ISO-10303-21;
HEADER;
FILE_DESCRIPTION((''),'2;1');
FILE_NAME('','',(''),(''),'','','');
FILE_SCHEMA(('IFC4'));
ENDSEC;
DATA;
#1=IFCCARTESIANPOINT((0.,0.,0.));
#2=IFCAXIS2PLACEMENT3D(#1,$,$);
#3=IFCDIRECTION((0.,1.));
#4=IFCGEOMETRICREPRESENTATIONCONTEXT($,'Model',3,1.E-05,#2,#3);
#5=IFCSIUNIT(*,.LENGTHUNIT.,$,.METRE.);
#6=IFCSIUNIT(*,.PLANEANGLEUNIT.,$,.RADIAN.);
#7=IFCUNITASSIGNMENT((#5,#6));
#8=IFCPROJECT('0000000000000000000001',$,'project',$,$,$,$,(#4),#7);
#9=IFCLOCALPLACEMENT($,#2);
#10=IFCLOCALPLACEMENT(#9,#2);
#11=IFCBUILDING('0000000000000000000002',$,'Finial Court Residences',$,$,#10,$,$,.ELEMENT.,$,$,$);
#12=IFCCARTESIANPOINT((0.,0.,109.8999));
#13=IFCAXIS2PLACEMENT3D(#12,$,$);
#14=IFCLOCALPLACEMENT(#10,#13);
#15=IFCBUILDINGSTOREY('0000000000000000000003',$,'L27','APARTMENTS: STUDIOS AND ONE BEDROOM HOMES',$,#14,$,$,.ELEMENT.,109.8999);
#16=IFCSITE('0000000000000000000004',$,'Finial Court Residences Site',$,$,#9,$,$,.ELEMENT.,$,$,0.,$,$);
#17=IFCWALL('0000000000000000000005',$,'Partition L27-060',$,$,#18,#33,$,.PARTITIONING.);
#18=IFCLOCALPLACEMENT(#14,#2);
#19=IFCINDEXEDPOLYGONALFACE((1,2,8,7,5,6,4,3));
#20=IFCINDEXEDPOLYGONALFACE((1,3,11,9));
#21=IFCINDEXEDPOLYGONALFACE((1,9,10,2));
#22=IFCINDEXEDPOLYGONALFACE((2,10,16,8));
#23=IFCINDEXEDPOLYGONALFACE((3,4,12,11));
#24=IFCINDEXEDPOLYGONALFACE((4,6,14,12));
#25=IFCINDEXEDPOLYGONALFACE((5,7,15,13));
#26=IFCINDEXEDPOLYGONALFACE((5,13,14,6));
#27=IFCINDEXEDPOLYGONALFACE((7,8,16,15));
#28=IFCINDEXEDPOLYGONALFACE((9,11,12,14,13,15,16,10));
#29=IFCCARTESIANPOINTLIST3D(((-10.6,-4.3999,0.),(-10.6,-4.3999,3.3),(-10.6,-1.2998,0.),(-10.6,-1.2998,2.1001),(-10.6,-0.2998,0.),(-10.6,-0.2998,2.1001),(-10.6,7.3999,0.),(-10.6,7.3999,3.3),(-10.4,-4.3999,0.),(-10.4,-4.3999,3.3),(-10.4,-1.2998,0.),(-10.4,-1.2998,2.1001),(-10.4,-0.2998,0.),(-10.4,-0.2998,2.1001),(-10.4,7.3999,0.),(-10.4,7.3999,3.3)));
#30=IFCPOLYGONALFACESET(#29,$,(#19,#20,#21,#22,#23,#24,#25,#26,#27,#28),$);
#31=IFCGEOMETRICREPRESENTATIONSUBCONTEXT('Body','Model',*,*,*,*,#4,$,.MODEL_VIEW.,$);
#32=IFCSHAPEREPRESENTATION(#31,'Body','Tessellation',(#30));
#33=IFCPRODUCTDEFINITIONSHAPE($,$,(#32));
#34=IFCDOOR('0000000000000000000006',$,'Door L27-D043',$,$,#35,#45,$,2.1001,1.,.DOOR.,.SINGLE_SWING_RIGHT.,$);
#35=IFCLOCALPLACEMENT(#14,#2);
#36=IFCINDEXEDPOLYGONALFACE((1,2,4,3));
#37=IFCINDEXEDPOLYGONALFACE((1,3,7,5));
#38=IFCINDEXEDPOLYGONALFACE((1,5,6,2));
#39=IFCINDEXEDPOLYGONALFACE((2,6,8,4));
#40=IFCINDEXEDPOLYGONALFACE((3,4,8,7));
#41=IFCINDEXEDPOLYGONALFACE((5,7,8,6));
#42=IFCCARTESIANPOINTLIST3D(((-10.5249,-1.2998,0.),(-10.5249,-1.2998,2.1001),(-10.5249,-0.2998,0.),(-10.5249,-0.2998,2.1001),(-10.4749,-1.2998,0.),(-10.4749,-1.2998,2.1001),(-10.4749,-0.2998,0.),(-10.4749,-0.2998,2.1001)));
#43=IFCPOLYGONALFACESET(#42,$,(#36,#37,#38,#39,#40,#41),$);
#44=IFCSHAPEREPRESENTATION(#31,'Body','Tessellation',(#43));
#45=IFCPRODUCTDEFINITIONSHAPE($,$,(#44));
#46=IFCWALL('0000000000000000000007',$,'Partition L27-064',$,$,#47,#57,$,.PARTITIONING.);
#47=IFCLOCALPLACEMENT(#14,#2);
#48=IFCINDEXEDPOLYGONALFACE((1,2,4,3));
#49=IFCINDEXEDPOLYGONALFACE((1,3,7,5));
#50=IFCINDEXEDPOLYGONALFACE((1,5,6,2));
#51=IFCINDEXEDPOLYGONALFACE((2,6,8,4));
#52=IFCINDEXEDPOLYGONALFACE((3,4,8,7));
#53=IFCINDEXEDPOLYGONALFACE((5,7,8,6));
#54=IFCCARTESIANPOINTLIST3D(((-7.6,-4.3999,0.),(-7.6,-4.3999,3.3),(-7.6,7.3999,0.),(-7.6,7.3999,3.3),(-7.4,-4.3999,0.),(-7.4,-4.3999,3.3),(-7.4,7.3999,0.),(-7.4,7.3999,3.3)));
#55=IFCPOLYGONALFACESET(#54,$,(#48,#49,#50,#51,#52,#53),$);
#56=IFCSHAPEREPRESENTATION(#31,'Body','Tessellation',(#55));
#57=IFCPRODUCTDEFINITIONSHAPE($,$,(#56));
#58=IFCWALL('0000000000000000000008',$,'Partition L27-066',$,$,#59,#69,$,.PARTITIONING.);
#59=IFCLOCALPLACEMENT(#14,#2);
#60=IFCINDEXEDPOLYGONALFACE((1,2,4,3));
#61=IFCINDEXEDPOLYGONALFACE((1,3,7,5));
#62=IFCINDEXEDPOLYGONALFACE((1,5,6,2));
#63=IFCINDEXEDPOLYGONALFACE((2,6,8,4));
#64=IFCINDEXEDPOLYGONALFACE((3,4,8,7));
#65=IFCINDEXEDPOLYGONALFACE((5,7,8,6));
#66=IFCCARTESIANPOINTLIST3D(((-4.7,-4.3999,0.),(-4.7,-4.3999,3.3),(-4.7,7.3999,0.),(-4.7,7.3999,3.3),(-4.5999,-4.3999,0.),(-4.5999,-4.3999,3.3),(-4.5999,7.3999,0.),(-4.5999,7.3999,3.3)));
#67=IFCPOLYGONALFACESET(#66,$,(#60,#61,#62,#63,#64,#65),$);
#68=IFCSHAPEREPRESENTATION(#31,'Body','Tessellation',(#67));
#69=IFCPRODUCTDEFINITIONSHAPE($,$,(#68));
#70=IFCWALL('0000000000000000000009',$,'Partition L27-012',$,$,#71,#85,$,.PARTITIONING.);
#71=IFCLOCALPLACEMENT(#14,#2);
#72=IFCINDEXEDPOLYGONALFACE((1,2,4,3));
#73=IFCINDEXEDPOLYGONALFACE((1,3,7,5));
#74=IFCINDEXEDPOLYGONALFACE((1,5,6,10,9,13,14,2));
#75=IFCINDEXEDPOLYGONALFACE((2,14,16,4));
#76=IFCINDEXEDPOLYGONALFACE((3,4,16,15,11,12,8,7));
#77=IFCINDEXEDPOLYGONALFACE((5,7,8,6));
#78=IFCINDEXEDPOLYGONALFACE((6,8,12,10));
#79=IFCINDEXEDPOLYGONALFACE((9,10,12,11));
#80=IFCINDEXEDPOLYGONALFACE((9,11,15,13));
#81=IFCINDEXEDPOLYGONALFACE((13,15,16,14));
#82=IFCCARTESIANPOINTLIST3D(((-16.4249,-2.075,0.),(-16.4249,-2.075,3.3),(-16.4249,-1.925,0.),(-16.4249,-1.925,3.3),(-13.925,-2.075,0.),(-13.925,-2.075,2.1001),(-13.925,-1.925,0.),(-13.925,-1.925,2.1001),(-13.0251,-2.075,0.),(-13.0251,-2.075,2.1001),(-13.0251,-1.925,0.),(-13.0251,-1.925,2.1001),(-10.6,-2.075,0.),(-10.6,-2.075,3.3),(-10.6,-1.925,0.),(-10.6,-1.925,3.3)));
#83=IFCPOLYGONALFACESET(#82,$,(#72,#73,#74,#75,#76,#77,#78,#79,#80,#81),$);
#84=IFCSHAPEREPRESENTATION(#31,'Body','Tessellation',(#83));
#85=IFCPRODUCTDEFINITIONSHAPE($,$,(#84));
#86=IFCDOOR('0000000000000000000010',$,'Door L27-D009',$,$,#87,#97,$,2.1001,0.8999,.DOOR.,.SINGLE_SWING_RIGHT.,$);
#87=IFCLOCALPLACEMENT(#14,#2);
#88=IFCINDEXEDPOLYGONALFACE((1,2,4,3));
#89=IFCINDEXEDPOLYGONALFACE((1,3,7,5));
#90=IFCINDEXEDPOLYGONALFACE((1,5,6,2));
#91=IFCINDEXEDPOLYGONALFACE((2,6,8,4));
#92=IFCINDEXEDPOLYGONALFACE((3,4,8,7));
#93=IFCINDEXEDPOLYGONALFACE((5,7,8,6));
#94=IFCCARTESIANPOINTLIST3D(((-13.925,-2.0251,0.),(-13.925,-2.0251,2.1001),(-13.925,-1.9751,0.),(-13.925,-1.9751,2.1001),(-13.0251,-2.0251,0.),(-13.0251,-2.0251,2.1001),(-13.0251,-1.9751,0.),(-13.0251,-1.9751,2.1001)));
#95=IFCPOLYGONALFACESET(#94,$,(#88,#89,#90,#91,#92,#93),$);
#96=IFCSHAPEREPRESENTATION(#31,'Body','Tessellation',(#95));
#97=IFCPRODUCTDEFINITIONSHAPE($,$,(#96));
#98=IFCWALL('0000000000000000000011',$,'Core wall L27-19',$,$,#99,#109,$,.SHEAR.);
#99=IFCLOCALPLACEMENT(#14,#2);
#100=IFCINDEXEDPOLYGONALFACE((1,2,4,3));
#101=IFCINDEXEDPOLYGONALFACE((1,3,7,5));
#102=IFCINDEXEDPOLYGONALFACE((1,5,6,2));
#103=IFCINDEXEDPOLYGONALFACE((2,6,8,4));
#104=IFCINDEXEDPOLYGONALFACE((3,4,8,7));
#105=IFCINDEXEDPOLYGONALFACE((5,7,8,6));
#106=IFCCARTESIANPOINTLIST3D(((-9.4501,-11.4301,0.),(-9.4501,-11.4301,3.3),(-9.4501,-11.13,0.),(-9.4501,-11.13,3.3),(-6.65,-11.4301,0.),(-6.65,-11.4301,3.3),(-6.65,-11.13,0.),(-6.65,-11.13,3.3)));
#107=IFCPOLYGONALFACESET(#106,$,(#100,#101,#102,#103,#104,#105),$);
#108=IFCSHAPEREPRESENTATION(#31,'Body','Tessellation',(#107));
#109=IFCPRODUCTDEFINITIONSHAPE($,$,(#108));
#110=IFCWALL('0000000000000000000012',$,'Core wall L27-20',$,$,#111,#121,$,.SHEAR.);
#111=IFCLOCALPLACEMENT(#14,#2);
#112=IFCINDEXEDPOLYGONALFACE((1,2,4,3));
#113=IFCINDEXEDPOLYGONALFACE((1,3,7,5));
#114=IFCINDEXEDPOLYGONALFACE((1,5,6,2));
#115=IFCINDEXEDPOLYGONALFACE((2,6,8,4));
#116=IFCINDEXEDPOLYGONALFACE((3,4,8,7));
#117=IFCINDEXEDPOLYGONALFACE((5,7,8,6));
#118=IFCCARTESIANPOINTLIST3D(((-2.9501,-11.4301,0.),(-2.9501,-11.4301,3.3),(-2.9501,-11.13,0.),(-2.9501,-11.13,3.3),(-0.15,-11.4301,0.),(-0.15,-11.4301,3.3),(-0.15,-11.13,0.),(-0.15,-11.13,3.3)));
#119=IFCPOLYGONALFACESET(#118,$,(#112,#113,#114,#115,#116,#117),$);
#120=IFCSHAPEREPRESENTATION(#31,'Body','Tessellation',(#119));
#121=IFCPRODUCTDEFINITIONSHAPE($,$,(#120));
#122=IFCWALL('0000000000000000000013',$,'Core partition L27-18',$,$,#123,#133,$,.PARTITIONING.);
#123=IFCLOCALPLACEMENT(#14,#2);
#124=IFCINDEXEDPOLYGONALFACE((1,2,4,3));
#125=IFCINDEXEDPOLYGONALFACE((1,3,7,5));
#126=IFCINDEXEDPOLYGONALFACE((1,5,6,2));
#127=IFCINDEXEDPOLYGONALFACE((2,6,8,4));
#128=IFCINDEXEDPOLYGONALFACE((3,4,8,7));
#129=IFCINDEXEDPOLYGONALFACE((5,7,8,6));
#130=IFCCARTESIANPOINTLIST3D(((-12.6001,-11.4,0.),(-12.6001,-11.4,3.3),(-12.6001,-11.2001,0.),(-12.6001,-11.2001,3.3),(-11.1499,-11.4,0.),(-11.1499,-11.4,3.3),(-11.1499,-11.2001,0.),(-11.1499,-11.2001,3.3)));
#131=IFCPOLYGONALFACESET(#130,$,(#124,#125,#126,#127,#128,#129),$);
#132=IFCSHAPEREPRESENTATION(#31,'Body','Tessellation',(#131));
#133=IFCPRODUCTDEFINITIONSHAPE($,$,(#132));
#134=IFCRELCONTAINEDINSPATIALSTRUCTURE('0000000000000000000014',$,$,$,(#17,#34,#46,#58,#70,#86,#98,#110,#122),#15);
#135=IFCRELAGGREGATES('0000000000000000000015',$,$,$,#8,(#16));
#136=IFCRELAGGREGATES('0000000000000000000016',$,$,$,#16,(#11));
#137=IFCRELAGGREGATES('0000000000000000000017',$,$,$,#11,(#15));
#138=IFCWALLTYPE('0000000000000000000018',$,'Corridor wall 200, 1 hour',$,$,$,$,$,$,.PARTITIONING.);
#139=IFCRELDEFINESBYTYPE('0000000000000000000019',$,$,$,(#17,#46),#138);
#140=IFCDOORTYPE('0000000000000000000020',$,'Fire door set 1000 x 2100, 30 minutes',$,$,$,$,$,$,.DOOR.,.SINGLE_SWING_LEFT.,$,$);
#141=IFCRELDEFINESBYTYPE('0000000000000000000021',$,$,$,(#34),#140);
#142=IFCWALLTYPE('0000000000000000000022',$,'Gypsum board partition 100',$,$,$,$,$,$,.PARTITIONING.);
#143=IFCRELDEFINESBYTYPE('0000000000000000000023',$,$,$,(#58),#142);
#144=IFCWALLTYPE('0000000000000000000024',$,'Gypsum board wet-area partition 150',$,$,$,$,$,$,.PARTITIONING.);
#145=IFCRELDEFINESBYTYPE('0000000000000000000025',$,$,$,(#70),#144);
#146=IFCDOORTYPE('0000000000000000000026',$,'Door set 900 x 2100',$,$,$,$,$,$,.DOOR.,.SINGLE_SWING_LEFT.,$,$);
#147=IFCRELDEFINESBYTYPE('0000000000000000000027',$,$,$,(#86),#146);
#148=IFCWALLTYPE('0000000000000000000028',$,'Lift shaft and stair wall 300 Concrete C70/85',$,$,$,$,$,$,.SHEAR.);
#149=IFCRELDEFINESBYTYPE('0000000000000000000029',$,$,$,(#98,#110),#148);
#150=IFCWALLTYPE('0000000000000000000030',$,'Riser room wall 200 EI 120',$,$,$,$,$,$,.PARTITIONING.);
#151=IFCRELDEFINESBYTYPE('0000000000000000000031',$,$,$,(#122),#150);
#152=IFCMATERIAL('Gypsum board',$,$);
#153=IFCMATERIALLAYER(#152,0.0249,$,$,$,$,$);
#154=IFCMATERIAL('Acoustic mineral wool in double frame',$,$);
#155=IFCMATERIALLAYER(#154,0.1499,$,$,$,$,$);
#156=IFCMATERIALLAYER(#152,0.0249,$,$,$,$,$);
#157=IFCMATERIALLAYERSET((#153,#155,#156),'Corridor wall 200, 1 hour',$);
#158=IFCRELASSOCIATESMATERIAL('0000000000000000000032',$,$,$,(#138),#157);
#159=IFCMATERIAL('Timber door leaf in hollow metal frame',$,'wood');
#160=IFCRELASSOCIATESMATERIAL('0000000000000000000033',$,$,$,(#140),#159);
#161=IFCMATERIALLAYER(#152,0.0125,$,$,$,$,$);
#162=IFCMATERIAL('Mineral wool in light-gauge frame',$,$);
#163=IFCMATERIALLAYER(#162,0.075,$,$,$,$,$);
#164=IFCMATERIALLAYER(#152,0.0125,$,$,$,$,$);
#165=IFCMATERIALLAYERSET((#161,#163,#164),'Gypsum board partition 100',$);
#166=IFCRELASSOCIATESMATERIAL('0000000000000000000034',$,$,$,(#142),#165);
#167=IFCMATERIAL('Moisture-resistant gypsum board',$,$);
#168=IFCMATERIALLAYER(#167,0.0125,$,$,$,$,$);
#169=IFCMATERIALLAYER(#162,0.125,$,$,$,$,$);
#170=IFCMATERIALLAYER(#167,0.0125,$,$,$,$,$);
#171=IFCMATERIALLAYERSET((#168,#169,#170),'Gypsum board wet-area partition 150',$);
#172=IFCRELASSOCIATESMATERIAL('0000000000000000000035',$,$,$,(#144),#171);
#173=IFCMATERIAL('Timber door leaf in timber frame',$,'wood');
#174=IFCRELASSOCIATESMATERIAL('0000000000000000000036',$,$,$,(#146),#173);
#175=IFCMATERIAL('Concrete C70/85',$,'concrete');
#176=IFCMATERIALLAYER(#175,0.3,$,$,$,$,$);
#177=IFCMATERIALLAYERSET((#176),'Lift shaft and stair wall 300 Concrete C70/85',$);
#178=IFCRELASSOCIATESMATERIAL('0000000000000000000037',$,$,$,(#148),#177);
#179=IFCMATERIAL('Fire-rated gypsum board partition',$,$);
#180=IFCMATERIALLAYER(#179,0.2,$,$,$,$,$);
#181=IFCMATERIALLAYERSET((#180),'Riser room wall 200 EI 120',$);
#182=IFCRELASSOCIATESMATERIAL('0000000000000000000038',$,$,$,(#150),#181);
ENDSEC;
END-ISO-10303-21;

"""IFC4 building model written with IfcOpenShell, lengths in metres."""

from ifc_helpers import new_model, si_unit, direction, frame, frame_2d, origin, place, context, subcontext, project, spatial, rectangle, extrude, material, layer, layer_set, type_object, element, fill, save


model = new_model("IFC4")

# Units and contexts
model_context = context("Model", 3, precision=1e-05, world=origin(), true_north=direction((0.0, 1.0)))
body_context = subcontext(model_context, "Body", "Model", "MODEL_VIEW")
ifc_project = project(units=[si_unit("LENGTHUNIT", "METRE"), si_unit("PLANEANGLEUNIT", "RADIAN")], contexts=[model_context])

# Site, building, storey
site_placement = place(None, origin())
site = spatial("IfcSite", under=ifc_project, at=site_placement, Name="Finial Court Residences Site", CompositionType="ELEMENT", RefElevation=0.0)
building_placement = place(site_placement, origin())
building = spatial("IfcBuilding", under=site, at=building_placement, Name="Finial Court Residences", CompositionType="ELEMENT")
storey_placement = place(building_placement, frame((0.0, 0.0, 109.8999)))
storey = spatial("IfcBuildingStorey", under=building, at=storey_placement, Name="L27", Description="APARTMENTS: STUDIOS AND ONE BEDROOM HOMES", CompositionType="ELEMENT", Elevation=109.8999)

# Shared definitions
ifc_material_1 = material(Name="Concrete C70/85", Category="concrete")

# Shared definitions
ifc_material_2 = material(Name="Gypsum board")
ifc_layer_1 = layer(ifc_material_2, 0.0249)
ifc_material_3 = material(Name="Acoustic mineral wool in double frame")
ifc_layer_2 = layer(ifc_material_3, 0.1499)
ifc_layer_3 = layer(ifc_material_2, 0.0249)
ifc_layer_set_1 = layer_set([ifc_layer_1, ifc_layer_2, ifc_layer_3], Name="Corridor wall 200, 1 hour")
wall_type_1 = type_object("IfcWallType", Name="Corridor wall 200, 1 hour", PredefinedType="PARTITIONING", material=ifc_layer_set_1)
ifc_material_4 = material(Name="Timber door leaf in hollow metal frame", Category="wood")

# Wall, opening, door
wall_1_placement = place(storey_placement, frame((-10.5, -4.3999, 0.0), z_axis=(0.0, 0.0, 1.0), x_axis=(0.0, 1.0, 0.0)))
wall_1 = element("IfcWall", 1, at=wall_1_placement, inside=storey, type_object=wall_type_1, Name="Partition L27-060", PredefinedType="PARTITIONING", context=body_context, shape_type="SweptSolid", body=[
    extrude(rectangle(XDim=11.7998, YDim=0.2, at=frame_2d((5.8999, 0.0))), origin(), (0.0, 0.0, 1.0), 3.3),
])
opening_1_placement = place(wall_1_placement, frame((3.1001, 0.0, 0.0)))
opening_1 = element("IfcOpeningElement", 2, at=opening_1_placement, cuts=wall_1, PredefinedType="OPENING", context=body_context, shape_type="SweptSolid", body=[
    extrude(rectangle(XDim=1.0, YDim=2.1001, at=frame_2d((0.5, 1.05))), frame((0.0, 0.1099, 0.0), z_axis=(0.0, -1.0, 0.0), x_axis=(1.0, 0.0, 0.0)), (0.0, 0.0, 1.0), 0.22),
])
door_type_1 = type_object("IfcDoorType", Name="Fire door set 1000 x 2100, 30 minutes", OperationType="SINGLE_SWING_LEFT", PredefinedType="DOOR", material=ifc_material_4)
door_1_placement = place(opening_1_placement, origin())
door_1 = element("IfcDoor", 3, at=door_1_placement, inside=storey, type_object=door_type_1, Name="Door L27-D043", OperationType="SINGLE_SWING_RIGHT", OverallHeight=2.1001, OverallWidth=1.0, PredefinedType="DOOR", context=body_context, shape_type="SweptSolid", body=[
    extrude(rectangle(XDim=1.0, YDim=2.1001, at=frame_2d((0.5, 1.05))), frame((0.0, 0.0249, 0.0), z_axis=(0.0, -1.0, 0.0), x_axis=(1.0, 0.0, 0.0)), (0.0, 0.0, 1.0), 0.05),
])
fill(opening_1, door_1)

# Walls
wall_2_placement = place(storey_placement, frame((-7.5, -4.3999, 0.0), z_axis=(0.0, 0.0, 1.0), x_axis=(0.0, 1.0, 0.0)))
element("IfcWall", 4, at=wall_2_placement, inside=storey, type_object=wall_type_1, Name="Partition L27-064", PredefinedType="PARTITIONING", context=body_context, shape_type="SweptSolid", body=[
    extrude(rectangle(XDim=11.7998, YDim=0.2, at=frame_2d((5.8999, 0.0))), origin(), (0.0, 0.0, 1.0), 3.3),
])
ifc_layer_4 = layer(ifc_material_2, 0.0125)
ifc_material_5 = material(Name="Mineral wool in light-gauge frame")
ifc_layer_5 = layer(ifc_material_5, 0.075)
ifc_layer_6 = layer(ifc_material_2, 0.0125)
ifc_layer_set_2 = layer_set([ifc_layer_4, ifc_layer_5, ifc_layer_6], Name="Gypsum board partition 100")
wall_type_2 = type_object("IfcWallType", Name="Gypsum board partition 100", PredefinedType="PARTITIONING", material=ifc_layer_set_2)
wall_3_placement = place(storey_placement, frame((-4.6499, -4.3999, 0.0), z_axis=(0.0, 0.0, 1.0), x_axis=(0.0, 1.0, 0.0)))
element("IfcWall", 5, at=wall_3_placement, inside=storey, type_object=wall_type_2, Name="Partition L27-066", PredefinedType="PARTITIONING", context=body_context, shape_type="SweptSolid", body=[
    extrude(rectangle(XDim=11.7998, YDim=0.1001, at=frame_2d((5.8999, 0.0))), origin(), (0.0, 0.0, 1.0), 3.3),
])

# Wall, opening, door
ifc_material_6 = material(Name="Moisture-resistant gypsum board")
ifc_layer_7 = layer(ifc_material_6, 0.0125)
ifc_layer_8 = layer(ifc_material_5, 0.125)
ifc_layer_9 = layer(ifc_material_6, 0.0125)
ifc_layer_set_3 = layer_set([ifc_layer_7, ifc_layer_8, ifc_layer_9], Name="Gypsum board wet-area partition 150")
wall_type_3 = type_object("IfcWallType", Name="Gypsum board wet-area partition 150", PredefinedType="PARTITIONING", material=ifc_layer_set_3)
wall_4_placement = place(storey_placement, frame((-16.425, -2.0, 0.0), z_axis=(0.0, 0.0, 1.0), x_axis=(1.0, 0.0, 0.0)))
wall_4 = element("IfcWall", 6, at=wall_4_placement, inside=storey, type_object=wall_type_3, Name="Partition L27-012", PredefinedType="PARTITIONING", context=body_context, shape_type="SweptSolid", body=[
    extrude(rectangle(XDim=5.825, YDim=0.1499, at=frame_2d((2.9126, 0.0))), origin(), (0.0, 0.0, 1.0), 3.3),
])
opening_2_placement = place(wall_4_placement, frame((2.5, 0.0, 0.0)))
opening_2 = element("IfcOpeningElement", 7, at=opening_2_placement, cuts=wall_4, PredefinedType="OPENING", context=body_context, shape_type="SweptSolid", body=[
    extrude(rectangle(XDim=0.8999, YDim=2.1001, at=frame_2d((0.45, 1.05))), frame((0.0, 0.085, 0.0), z_axis=(0.0, -1.0, 0.0), x_axis=(1.0, 0.0, 0.0)), (0.0, 0.0, 1.0), 0.1699),
])
ifc_material_7 = material(Name="Timber door leaf in timber frame", Category="wood")
door_type_2 = type_object("IfcDoorType", Name="Door set 900 x 2100", OperationType="SINGLE_SWING_LEFT", PredefinedType="DOOR", material=ifc_material_7)
door_2_placement = place(opening_2_placement, origin())
door_2 = element("IfcDoor", 8, at=door_2_placement, inside=storey, type_object=door_type_2, Name="Door L27-D009", OperationType="SINGLE_SWING_RIGHT", OverallHeight=2.1001, OverallWidth=0.8999, PredefinedType="DOOR", context=body_context, shape_type="SweptSolid", body=[
    extrude(rectangle(XDim=0.8999, YDim=2.1001, at=frame_2d((0.45, 1.05))), frame((0.0, 0.0249, 0.0), z_axis=(0.0, -1.0, 0.0), x_axis=(1.0, 0.0, 0.0)), (0.0, 0.0, 1.0), 0.05),
])
fill(opening_2, door_2)

# Walls
ifc_layer_10 = layer(ifc_material_1, 0.3)
ifc_layer_set_4 = layer_set([ifc_layer_10], Name="Lift shaft and stair wall 300 Concrete C70/85")
wall_type_4 = type_object("IfcWallType", Name="Lift shaft and stair wall 300 Concrete C70/85", PredefinedType="SHEAR", material=ifc_layer_set_4)
for number, where, z_axis, x_axis, name in (
    (9, (-9.45, -11.28, 0.0), (0.0, 0.0, 1.0), (1.0, 0.0, 0.0), "Core wall L27-19"),
    (10, (-2.95, -11.28, 0.0), (0.0, 0.0, 1.0), (1.0, 0.0, 0.0), "Core wall L27-20"),
):
    element("IfcWall", number, at=place(storey_placement, frame(where, z_axis=z_axis, x_axis=x_axis)), inside=storey, type_object=wall_type_4, Name=name, PredefinedType="SHEAR", context=body_context, shape_type="SweptSolid", body=[
        extrude(rectangle(XDim=2.8, YDim=0.3, at=frame_2d((1.3999, 0.0))), origin(), (0.0, 0.0, 1.0), 3.3),
    ])
ifc_material_8 = material(Name="Fire-rated gypsum board partition")
ifc_layer_11 = layer(ifc_material_8, 0.2)
ifc_layer_set_5 = layer_set([ifc_layer_11], Name="Riser room wall 200 EI 120")
wall_type_5 = type_object("IfcWallType", Name="Riser room wall 200 EI 120", PredefinedType="PARTITIONING", material=ifc_layer_set_5)
wall_5_placement = place(storey_placement, frame((-12.6001, -11.3, 0.0), z_axis=(0.0, 0.0, 1.0), x_axis=(1.0, 0.0, 0.0)))
element("IfcWall", 11, at=wall_5_placement, inside=storey, type_object=wall_type_5, Name="Core partition L27-18", PredefinedType="PARTITIONING", context=body_context, shape_type="SweptSolid", body=[
    extrude(rectangle(XDim=1.4502, YDim=0.2, at=frame_2d((0.7251, 0.0))), origin(), (0.0, 0.0, 1.0), 3.3),
])

save(model, "model.ifc")
